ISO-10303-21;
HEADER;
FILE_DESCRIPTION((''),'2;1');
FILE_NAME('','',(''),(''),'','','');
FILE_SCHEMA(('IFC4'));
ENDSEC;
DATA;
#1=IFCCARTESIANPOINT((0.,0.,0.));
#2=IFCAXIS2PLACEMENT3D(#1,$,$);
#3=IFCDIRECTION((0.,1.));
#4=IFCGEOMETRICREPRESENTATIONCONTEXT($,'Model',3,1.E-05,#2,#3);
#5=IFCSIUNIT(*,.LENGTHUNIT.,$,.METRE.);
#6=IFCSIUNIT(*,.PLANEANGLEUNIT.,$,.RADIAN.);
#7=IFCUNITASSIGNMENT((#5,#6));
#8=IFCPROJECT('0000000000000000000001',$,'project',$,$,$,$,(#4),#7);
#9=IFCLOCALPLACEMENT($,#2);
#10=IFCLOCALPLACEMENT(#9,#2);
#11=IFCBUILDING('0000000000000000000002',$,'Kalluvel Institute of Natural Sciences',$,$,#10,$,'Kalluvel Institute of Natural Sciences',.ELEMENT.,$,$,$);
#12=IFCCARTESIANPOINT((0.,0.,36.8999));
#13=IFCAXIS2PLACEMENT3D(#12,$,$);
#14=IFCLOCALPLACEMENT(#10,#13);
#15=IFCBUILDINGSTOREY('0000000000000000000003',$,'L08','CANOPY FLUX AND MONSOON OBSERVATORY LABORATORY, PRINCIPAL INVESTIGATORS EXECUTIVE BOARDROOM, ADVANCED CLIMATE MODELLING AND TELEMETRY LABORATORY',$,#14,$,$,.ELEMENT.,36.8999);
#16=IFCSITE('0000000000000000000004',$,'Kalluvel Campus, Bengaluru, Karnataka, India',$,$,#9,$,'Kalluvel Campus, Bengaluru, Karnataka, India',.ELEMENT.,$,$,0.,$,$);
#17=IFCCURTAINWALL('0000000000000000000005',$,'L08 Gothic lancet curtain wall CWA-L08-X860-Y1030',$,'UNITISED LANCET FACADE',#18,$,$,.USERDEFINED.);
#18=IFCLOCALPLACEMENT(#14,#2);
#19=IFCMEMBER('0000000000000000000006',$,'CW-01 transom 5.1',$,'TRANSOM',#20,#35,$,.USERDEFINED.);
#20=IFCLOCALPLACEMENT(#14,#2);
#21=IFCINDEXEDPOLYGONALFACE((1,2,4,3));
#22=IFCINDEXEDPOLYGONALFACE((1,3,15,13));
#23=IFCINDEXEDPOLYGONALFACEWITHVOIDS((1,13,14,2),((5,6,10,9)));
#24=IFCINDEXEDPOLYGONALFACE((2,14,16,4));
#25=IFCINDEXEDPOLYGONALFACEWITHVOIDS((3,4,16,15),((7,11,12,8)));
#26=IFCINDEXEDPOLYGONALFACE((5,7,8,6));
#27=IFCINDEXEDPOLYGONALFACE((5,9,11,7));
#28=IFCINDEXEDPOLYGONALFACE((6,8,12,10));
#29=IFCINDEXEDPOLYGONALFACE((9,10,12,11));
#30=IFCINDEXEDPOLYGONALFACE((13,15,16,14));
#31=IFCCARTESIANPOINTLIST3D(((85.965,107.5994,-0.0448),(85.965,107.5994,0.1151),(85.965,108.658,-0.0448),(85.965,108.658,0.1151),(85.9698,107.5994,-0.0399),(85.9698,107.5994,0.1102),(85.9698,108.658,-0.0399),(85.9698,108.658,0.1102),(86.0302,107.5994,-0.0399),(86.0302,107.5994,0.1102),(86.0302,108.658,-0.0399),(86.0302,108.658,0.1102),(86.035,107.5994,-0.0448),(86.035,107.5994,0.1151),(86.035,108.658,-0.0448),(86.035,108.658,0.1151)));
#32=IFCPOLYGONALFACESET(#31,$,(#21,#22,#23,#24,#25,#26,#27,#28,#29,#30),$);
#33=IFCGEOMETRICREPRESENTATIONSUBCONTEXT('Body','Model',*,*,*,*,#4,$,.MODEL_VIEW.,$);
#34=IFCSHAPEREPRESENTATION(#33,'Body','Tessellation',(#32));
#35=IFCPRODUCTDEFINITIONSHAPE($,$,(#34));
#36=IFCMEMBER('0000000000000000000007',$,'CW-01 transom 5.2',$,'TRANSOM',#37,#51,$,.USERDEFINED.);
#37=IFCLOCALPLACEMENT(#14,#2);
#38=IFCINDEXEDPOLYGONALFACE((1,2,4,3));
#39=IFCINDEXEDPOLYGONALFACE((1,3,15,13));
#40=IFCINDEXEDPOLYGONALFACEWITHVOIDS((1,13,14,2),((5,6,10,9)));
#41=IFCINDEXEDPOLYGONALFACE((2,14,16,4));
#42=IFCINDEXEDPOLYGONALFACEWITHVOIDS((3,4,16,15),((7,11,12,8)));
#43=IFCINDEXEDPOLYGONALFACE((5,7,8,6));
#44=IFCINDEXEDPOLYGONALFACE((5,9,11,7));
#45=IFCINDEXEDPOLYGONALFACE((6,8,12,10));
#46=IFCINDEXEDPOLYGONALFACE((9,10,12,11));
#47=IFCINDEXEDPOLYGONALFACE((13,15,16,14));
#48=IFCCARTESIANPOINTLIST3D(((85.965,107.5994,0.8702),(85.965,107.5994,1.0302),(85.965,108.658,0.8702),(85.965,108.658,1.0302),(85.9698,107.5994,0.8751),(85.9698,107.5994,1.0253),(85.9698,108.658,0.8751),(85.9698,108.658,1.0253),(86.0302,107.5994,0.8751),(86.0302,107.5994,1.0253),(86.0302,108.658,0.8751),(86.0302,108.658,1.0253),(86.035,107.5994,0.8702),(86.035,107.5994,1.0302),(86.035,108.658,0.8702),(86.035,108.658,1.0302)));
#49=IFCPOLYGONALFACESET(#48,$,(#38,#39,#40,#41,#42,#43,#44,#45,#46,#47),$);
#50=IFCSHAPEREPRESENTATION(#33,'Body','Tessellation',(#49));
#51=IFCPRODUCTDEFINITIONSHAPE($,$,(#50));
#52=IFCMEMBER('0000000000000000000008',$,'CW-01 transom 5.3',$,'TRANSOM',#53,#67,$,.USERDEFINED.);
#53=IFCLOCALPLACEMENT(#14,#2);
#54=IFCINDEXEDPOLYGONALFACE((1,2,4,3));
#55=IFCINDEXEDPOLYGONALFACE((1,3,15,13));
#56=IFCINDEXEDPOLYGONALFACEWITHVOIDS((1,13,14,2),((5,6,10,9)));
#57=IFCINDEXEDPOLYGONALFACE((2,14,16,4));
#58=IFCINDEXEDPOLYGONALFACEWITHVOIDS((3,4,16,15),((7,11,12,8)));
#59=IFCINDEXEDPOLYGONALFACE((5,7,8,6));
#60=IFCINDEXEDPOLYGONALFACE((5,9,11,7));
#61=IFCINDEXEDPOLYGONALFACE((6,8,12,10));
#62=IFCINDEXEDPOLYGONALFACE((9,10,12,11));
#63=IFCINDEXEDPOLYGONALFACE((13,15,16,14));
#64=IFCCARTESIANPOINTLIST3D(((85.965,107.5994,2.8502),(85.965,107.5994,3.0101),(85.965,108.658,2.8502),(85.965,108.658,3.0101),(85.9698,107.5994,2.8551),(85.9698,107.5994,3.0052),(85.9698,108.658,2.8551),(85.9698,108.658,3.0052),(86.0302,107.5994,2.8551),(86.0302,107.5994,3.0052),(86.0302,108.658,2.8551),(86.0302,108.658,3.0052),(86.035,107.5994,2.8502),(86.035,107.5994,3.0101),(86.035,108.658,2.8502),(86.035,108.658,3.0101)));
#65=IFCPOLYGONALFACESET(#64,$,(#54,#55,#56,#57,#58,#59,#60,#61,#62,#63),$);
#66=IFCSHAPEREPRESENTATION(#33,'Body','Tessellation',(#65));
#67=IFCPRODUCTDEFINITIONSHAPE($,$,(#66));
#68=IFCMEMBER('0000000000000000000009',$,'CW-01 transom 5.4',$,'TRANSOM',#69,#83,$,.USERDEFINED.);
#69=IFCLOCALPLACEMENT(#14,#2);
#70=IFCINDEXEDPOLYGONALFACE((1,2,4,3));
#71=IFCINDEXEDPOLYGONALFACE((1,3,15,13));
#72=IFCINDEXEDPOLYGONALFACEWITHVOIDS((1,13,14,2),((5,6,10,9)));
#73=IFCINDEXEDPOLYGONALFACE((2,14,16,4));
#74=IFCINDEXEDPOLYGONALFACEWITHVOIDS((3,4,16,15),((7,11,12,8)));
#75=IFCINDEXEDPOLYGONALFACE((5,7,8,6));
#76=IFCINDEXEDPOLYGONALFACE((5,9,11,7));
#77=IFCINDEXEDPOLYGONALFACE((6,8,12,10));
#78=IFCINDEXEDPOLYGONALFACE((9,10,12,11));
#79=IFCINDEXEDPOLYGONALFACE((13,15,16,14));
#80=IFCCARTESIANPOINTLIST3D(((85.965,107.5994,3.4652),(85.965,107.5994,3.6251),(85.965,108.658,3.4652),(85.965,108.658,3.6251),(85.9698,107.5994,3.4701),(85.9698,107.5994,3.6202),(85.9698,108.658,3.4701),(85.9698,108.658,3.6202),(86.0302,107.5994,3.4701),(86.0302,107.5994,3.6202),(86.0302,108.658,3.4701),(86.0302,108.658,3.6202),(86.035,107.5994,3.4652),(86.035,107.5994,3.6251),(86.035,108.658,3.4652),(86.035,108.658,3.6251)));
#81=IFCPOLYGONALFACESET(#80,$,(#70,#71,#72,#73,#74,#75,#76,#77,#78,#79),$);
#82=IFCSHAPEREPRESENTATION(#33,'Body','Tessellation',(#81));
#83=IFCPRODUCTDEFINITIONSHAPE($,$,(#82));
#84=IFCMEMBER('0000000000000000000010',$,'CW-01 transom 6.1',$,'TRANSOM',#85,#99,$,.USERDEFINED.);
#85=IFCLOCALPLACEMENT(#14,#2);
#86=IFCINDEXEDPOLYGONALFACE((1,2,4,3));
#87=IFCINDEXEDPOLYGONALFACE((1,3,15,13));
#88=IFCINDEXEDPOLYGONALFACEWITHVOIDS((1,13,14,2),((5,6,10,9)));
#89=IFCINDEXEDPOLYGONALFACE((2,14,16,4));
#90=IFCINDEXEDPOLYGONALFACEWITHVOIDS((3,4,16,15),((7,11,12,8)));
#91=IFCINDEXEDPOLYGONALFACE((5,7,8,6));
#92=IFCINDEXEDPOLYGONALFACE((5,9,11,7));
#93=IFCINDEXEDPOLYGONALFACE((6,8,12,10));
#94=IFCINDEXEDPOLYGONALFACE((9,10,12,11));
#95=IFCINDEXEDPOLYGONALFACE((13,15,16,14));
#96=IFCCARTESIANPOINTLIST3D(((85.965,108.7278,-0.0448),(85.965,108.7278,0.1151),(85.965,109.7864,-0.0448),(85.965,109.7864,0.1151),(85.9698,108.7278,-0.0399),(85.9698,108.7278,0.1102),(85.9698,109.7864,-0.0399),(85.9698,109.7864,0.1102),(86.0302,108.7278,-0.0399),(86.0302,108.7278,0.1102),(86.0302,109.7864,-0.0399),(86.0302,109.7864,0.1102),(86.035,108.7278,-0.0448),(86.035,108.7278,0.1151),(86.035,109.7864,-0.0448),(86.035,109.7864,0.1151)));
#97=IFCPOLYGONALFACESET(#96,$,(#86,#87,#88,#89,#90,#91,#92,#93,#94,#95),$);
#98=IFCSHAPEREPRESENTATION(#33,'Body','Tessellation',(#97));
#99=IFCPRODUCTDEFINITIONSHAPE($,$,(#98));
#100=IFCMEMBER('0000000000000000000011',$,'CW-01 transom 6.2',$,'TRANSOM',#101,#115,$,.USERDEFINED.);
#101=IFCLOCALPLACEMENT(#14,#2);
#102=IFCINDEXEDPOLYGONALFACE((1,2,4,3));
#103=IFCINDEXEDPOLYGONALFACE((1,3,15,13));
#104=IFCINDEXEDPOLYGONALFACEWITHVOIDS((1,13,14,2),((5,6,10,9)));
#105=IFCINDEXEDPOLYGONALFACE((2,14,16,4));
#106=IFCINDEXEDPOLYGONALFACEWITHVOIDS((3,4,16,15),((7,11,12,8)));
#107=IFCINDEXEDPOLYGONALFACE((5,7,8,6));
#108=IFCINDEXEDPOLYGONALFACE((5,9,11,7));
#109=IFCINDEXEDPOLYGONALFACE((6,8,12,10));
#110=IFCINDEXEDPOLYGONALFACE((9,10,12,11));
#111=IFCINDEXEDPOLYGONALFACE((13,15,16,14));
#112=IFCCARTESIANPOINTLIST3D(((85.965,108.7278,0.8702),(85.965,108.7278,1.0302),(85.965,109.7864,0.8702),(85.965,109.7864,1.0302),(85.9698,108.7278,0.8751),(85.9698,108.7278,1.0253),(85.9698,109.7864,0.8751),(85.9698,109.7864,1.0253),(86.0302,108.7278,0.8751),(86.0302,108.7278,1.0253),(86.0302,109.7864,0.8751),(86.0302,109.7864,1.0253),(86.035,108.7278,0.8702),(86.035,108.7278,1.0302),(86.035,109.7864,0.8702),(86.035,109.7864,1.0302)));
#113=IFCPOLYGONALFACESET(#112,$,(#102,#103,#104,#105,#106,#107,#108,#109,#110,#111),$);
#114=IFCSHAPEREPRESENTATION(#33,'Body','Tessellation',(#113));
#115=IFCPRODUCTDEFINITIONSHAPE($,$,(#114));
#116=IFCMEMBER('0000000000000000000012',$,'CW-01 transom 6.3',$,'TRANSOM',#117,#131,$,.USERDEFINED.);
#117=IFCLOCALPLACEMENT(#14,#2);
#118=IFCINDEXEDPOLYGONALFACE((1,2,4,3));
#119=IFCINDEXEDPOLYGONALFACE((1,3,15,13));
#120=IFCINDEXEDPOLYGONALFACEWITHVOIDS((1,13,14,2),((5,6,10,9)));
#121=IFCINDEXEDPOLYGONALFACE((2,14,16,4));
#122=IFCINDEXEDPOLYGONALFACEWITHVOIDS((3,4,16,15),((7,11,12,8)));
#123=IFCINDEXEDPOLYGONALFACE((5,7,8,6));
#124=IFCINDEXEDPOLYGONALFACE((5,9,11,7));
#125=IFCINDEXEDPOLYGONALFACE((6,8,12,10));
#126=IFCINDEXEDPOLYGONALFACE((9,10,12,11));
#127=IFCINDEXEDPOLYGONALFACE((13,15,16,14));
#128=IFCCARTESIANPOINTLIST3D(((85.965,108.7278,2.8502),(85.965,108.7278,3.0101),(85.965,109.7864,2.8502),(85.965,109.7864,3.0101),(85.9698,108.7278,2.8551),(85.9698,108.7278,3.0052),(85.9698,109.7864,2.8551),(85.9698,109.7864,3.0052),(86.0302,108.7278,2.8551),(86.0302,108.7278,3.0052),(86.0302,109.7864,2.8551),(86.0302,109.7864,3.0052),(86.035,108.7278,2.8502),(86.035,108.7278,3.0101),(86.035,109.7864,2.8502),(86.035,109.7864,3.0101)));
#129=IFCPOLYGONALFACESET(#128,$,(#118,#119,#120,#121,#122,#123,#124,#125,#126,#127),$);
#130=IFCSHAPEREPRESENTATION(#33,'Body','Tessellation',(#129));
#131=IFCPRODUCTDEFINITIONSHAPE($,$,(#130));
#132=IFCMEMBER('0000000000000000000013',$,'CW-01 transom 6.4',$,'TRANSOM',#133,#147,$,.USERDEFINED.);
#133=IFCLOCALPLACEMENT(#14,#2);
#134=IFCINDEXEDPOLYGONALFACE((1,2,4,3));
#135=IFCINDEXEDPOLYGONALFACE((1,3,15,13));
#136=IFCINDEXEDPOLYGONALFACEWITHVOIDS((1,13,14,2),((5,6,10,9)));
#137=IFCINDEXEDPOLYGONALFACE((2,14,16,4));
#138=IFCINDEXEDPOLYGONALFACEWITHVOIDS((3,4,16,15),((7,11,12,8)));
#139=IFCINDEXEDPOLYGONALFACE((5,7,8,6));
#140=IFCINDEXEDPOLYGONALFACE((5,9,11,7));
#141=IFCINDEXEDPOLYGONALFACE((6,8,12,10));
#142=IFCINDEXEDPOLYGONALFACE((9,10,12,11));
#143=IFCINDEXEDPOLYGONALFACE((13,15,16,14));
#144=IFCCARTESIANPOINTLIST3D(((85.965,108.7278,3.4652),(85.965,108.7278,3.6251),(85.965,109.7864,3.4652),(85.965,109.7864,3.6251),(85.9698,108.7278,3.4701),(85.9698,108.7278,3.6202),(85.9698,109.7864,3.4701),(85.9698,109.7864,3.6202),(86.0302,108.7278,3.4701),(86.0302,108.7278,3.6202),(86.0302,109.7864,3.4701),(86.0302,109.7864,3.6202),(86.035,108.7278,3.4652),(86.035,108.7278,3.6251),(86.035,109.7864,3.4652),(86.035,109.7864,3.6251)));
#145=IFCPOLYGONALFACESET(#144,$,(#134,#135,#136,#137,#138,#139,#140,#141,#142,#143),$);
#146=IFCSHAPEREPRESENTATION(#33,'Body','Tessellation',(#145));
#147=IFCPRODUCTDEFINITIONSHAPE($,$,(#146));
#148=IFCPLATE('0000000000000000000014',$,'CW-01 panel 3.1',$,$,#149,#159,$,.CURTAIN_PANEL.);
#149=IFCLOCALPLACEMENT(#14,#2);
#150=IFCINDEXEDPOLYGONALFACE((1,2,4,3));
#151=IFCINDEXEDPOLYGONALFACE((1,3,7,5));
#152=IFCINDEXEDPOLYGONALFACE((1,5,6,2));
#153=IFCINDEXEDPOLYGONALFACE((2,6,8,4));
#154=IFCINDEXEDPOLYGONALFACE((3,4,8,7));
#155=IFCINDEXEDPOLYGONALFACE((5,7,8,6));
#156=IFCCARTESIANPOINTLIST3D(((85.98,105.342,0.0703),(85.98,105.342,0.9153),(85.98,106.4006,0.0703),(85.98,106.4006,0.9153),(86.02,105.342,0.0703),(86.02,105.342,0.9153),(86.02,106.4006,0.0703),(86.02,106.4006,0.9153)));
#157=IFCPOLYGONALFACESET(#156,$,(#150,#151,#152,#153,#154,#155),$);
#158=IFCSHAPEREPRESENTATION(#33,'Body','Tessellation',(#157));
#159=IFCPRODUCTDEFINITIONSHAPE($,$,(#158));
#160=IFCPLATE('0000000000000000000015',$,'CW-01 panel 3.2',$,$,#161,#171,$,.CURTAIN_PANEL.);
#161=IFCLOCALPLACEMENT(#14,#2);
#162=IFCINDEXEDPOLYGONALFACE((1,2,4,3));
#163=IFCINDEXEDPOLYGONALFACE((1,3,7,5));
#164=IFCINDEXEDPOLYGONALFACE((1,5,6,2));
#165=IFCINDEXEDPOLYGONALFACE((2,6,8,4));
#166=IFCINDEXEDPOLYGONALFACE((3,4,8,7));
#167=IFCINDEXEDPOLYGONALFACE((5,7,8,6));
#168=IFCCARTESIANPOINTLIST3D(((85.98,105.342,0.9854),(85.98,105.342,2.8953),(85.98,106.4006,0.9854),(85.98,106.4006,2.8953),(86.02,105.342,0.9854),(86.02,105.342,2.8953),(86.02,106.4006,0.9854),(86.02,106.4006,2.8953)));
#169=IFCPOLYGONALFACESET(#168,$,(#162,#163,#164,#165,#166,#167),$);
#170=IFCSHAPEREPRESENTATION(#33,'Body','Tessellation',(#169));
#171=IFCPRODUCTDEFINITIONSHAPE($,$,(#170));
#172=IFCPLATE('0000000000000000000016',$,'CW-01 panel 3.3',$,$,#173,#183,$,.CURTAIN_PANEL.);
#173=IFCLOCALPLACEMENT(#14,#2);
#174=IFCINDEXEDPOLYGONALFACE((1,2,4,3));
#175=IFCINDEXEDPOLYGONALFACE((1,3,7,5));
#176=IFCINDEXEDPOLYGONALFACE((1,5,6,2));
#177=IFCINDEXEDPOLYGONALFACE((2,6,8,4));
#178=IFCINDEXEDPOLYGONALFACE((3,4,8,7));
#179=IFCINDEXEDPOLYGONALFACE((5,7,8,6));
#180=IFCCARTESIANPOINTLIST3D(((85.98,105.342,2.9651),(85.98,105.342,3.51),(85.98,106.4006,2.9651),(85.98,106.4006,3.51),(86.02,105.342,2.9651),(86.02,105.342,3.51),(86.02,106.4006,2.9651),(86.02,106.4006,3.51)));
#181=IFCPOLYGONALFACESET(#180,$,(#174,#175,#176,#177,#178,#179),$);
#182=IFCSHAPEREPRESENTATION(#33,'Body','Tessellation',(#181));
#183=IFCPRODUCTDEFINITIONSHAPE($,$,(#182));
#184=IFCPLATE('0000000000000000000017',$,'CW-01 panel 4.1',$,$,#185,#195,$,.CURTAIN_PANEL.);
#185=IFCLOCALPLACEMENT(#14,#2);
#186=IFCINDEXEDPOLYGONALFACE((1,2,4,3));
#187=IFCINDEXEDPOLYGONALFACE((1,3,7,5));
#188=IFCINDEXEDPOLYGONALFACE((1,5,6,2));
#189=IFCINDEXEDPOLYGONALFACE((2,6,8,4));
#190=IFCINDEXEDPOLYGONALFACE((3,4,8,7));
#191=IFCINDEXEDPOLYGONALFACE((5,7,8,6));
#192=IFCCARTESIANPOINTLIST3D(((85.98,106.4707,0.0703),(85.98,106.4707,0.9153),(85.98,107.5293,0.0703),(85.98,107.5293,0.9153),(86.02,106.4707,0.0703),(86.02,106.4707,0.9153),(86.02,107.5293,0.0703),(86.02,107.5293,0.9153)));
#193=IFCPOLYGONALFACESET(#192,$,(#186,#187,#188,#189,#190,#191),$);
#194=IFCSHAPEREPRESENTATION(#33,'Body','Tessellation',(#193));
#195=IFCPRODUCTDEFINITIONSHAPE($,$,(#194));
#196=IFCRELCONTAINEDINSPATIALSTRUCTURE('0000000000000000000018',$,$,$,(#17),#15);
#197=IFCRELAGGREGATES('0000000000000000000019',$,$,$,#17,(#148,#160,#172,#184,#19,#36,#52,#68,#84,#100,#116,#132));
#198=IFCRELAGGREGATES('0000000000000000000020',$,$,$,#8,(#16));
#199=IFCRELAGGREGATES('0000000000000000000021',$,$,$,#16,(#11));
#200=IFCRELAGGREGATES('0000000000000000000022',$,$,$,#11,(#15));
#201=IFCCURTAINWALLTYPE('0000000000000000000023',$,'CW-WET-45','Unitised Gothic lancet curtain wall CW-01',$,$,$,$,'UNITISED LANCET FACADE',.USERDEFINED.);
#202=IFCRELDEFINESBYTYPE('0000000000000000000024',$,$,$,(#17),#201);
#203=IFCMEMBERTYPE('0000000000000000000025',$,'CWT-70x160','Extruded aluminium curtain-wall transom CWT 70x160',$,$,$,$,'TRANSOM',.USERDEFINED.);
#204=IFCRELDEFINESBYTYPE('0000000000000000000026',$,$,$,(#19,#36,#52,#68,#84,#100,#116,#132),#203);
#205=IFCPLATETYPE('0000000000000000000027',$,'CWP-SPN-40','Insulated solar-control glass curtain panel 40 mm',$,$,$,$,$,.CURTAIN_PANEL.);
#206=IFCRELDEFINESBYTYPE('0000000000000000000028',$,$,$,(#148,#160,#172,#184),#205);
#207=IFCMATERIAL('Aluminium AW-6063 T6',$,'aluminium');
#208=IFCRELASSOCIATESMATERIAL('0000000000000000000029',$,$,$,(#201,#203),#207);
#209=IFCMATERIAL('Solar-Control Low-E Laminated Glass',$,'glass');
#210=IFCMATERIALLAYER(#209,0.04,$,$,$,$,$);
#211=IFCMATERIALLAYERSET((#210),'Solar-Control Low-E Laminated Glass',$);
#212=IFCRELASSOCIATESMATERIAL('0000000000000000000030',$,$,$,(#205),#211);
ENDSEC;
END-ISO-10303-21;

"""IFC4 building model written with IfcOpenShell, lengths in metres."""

from ifc_helpers import new_model, si_unit, direction, frame, origin, origin_2d, place, context, subcontext, project, spatial, rectangle, hollow_rectangle, extrude, material, layer, layer_set, material_profile, profile_set, type_object, element, aggregate, save


model = new_model("IFC4")

# Units and contexts
model_context = context("Model", 3, precision=1e-05, world=origin(), true_north=direction((0.0, 1.0)))
body_context = subcontext(model_context, "Body", "Model", "MODEL_VIEW")
ifc_project = project(units=[si_unit("LENGTHUNIT", "METRE"), si_unit("PLANEANGLEUNIT", "RADIAN")], contexts=[model_context])

# Site, building, storey
site_placement = place(None, origin())
site = spatial("IfcSite", under=ifc_project, at=site_placement, Name="Kalluvel Campus, Bengaluru, Karnataka, India", LongName="Kalluvel Campus, Bengaluru, Karnataka, India", CompositionType="ELEMENT", RefElevation=0.0)
building_placement = place(site_placement, origin())
building = spatial("IfcBuilding", under=site, at=building_placement, Name="Kalluvel Institute of Natural Sciences", LongName="Kalluvel Institute of Natural Sciences", CompositionType="ELEMENT")
storey_placement = place(building_placement, frame((0.0, 0.0, 36.8999)))
storey = spatial("IfcBuildingStorey", under=building, at=storey_placement, Name="L08", Description="CANOPY FLUX AND MONSOON OBSERVATORY LABORATORY, PRINCIPAL INVESTIGATORS EXECUTIVE BOARDROOM, ADVANCED CLIMATE MODELLING AND TELEMETRY LABORATORY", CompositionType="ELEMENT", Elevation=36.8999)

# Curtain wall, members, plates
ifc_material_1 = material(Name="Aluminium AW-6063 T6", Category="aluminium")
curtain_wall_type = type_object("IfcCurtainWallType", Name="CW-WET-45", Description="Unitised Gothic lancet curtain wall CW-01", ElementType="UNITISED LANCET FACADE", PredefinedType="USERDEFINED", material=ifc_material_1)
curtain_wall_placement = place(storey_placement, origin())
curtain_wall = element("IfcCurtainWall", 1, at=curtain_wall_placement, inside=storey, type_object=curtain_wall_type, Name="L08 Gothic lancet curtain wall CWA-L08-X860-Y1030", ObjectType="UNITISED LANCET FACADE", PredefinedType="USERDEFINED")
ifc_material_profile_1 = material_profile(ifc_material_1, hollow_rectangle(XDim=0.0701, YDim=0.1599, WallThickness=0.0049, at=origin_2d()), Name="CWT 70x160")
ifc_profile_set_1 = profile_set([ifc_material_profile_1], Name="Aluminium AW-6063 T6")
member_type_1 = type_object("IfcMemberType", Name="CWT-70x160", Description="Extruded aluminium curtain-wall transom CWT 70x160", ElementType="TRANSOM", PredefinedType="USERDEFINED", material=ifc_profile_set_1)
member_1_placement = place(storey_placement, frame((86.0, 107.5994, 0.0352), z_axis=(0.0, 1.0, 0.0), x_axis=(-1.0, 0.0, 0.0)))
member_1 = element("IfcMember", 2, at=member_1_placement, type_object=member_type_1, Name="CW-01 transom 5.1", ObjectType="TRANSOM", PredefinedType="USERDEFINED", context=body_context, shape_type="SweptSolid", body=[
    extrude(hollow_rectangle(XDim=0.0701, YDim=0.1599, WallThickness=0.0049, at=origin_2d()), origin(), (0.0, 0.0, 1.0), 1.0586),
])
member_2_placement = place(storey_placement, frame((86.0, 107.5994, 0.9502), z_axis=(0.0, 1.0, 0.0), x_axis=(-1.0, 0.0, 0.0)))
member_2 = element("IfcMember", 3, at=member_2_placement, type_object=member_type_1, Name="CW-01 transom 5.2", ObjectType="TRANSOM", PredefinedType="USERDEFINED", context=body_context, shape_type="SweptSolid", body=[
    extrude(hollow_rectangle(XDim=0.0701, YDim=0.1599, WallThickness=0.0049, at=origin_2d()), origin(), (0.0, 0.0, 1.0), 1.0586),
])
member_3_placement = place(storey_placement, frame((86.0, 107.5994, 2.9302), z_axis=(0.0, 1.0, 0.0), x_axis=(-1.0, 0.0, 0.0)))
member_3 = element("IfcMember", 4, at=member_3_placement, type_object=member_type_1, Name="CW-01 transom 5.3", ObjectType="TRANSOM", PredefinedType="USERDEFINED", context=body_context, shape_type="SweptSolid", body=[
    extrude(hollow_rectangle(XDim=0.0701, YDim=0.1599, WallThickness=0.0049, at=origin_2d()), origin(), (0.0, 0.0, 1.0), 1.0586),
])
member_4_placement = place(storey_placement, frame((86.0, 107.5994, 3.5452), z_axis=(0.0, 1.0, 0.0), x_axis=(-1.0, 0.0, 0.0)))
member_4 = element("IfcMember", 5, at=member_4_placement, type_object=member_type_1, Name="CW-01 transom 5.4", ObjectType="TRANSOM", PredefinedType="USERDEFINED", context=body_context, shape_type="SweptSolid", body=[
    extrude(hollow_rectangle(XDim=0.0701, YDim=0.1599, WallThickness=0.0049, at=origin_2d()), origin(), (0.0, 0.0, 1.0), 1.0586),
])
member_5_placement = place(storey_placement, frame((86.0, 108.7278, 0.0352), z_axis=(0.0, 1.0, 0.0), x_axis=(-1.0, 0.0, 0.0)))
member_5 = element("IfcMember", 6, at=member_5_placement, type_object=member_type_1, Name="CW-01 transom 6.1", ObjectType="TRANSOM", PredefinedType="USERDEFINED", context=body_context, shape_type="SweptSolid", body=[
    extrude(hollow_rectangle(XDim=0.0701, YDim=0.1599, WallThickness=0.0049, at=origin_2d()), origin(), (0.0, 0.0, 1.0), 1.0586),
])
member_6_placement = place(storey_placement, frame((86.0, 108.7278, 0.9502), z_axis=(0.0, 1.0, 0.0), x_axis=(-1.0, 0.0, 0.0)))
member_6 = element("IfcMember", 7, at=member_6_placement, type_object=member_type_1, Name="CW-01 transom 6.2", ObjectType="TRANSOM", PredefinedType="USERDEFINED", context=body_context, shape_type="SweptSolid", body=[
    extrude(hollow_rectangle(XDim=0.0701, YDim=0.1599, WallThickness=0.0049, at=origin_2d()), origin(), (0.0, 0.0, 1.0), 1.0586),
])
member_7_placement = place(storey_placement, frame((86.0, 108.7278, 2.9302), z_axis=(0.0, 1.0, 0.0), x_axis=(-1.0, 0.0, 0.0)))
member_7 = element("IfcMember", 8, at=member_7_placement, type_object=member_type_1, Name="CW-01 transom 6.3", ObjectType="TRANSOM", PredefinedType="USERDEFINED", context=body_context, shape_type="SweptSolid", body=[
    extrude(hollow_rectangle(XDim=0.0701, YDim=0.1599, WallThickness=0.0049, at=origin_2d()), origin(), (0.0, 0.0, 1.0), 1.0586),
])
member_8_placement = place(storey_placement, frame((86.0, 108.7278, 3.5452), z_axis=(0.0, 1.0, 0.0), x_axis=(-1.0, 0.0, 0.0)))
member_8 = element("IfcMember", 9, at=member_8_placement, type_object=member_type_1, Name="CW-01 transom 6.4", ObjectType="TRANSOM", PredefinedType="USERDEFINED", context=body_context, shape_type="SweptSolid", body=[
    extrude(hollow_rectangle(XDim=0.0701, YDim=0.1599, WallThickness=0.0049, at=origin_2d()), origin(), (0.0, 0.0, 1.0), 1.0586),
])
ifc_material_2 = material(Name="Solar-Control Low-E Laminated Glass", Category="glass")
ifc_layer = layer(ifc_material_2, 0.04)
ifc_layer_set = layer_set([ifc_layer], Name="Solar-Control Low-E Laminated Glass")
plate_type = type_object("IfcPlateType", Name="CWP-SPN-40", Description="Insulated solar-control glass curtain panel 40 mm", PredefinedType="CURTAIN_PANEL", material=ifc_layer_set)
plate_1_placement = place(storey_placement, frame((86.0, 105.8713, 0.0703), z_axis=(0.0, 0.0, 1.0), x_axis=(0.0, 1.0, 0.0)))
plate_1 = element("IfcPlate", 10, at=plate_1_placement, type_object=plate_type, Name="CW-01 panel 3.1", PredefinedType="CURTAIN_PANEL", context=body_context, shape_type="SweptSolid", body=[
    extrude(rectangle(XDim=1.0586, YDim=0.04, at=origin_2d()), origin(), (0.0, 0.0, 1.0), 0.845),
])
plate_2_placement = place(storey_placement, frame((86.0, 105.8713, 0.9854), z_axis=(0.0, 0.0, 1.0), x_axis=(0.0, 1.0, 0.0)))
plate_2 = element("IfcPlate", 11, at=plate_2_placement, type_object=plate_type, Name="CW-01 panel 3.2", PredefinedType="CURTAIN_PANEL", context=body_context, shape_type="SweptSolid", body=[
    extrude(rectangle(XDim=1.0586, YDim=0.04, at=origin_2d()), origin(), (0.0, 0.0, 1.0), 1.9099),
])
plate_3_placement = place(storey_placement, frame((86.0, 105.8713, 2.9651), z_axis=(0.0, 0.0, 1.0), x_axis=(0.0, 1.0, 0.0)))
plate_3 = element("IfcPlate", 12, at=plate_3_placement, type_object=plate_type, Name="CW-01 panel 3.3", PredefinedType="CURTAIN_PANEL", context=body_context, shape_type="SweptSolid", body=[
    extrude(rectangle(XDim=1.0586, YDim=0.04, at=origin_2d()), origin(), (0.0, 0.0, 1.0), 0.5449),
])
plate_4_placement = place(storey_placement, frame((86.0, 107.0, 0.0703), z_axis=(0.0, 0.0, 1.0), x_axis=(0.0, 1.0, 0.0)))
plate_4 = element("IfcPlate", 13, at=plate_4_placement, type_object=plate_type, Name="CW-01 panel 4.1", PredefinedType="CURTAIN_PANEL", context=body_context, shape_type="SweptSolid", body=[
    extrude(rectangle(XDim=1.0586, YDim=0.04, at=origin_2d()), origin(), (0.0, 0.0, 1.0), 0.845),
])
aggregate(curtain_wall, [plate_1, plate_2, plate_3, plate_4, member_1, member_2, member_3, member_4, member_5, member_6, member_7, member_8])

save(model, "model.ifc")
